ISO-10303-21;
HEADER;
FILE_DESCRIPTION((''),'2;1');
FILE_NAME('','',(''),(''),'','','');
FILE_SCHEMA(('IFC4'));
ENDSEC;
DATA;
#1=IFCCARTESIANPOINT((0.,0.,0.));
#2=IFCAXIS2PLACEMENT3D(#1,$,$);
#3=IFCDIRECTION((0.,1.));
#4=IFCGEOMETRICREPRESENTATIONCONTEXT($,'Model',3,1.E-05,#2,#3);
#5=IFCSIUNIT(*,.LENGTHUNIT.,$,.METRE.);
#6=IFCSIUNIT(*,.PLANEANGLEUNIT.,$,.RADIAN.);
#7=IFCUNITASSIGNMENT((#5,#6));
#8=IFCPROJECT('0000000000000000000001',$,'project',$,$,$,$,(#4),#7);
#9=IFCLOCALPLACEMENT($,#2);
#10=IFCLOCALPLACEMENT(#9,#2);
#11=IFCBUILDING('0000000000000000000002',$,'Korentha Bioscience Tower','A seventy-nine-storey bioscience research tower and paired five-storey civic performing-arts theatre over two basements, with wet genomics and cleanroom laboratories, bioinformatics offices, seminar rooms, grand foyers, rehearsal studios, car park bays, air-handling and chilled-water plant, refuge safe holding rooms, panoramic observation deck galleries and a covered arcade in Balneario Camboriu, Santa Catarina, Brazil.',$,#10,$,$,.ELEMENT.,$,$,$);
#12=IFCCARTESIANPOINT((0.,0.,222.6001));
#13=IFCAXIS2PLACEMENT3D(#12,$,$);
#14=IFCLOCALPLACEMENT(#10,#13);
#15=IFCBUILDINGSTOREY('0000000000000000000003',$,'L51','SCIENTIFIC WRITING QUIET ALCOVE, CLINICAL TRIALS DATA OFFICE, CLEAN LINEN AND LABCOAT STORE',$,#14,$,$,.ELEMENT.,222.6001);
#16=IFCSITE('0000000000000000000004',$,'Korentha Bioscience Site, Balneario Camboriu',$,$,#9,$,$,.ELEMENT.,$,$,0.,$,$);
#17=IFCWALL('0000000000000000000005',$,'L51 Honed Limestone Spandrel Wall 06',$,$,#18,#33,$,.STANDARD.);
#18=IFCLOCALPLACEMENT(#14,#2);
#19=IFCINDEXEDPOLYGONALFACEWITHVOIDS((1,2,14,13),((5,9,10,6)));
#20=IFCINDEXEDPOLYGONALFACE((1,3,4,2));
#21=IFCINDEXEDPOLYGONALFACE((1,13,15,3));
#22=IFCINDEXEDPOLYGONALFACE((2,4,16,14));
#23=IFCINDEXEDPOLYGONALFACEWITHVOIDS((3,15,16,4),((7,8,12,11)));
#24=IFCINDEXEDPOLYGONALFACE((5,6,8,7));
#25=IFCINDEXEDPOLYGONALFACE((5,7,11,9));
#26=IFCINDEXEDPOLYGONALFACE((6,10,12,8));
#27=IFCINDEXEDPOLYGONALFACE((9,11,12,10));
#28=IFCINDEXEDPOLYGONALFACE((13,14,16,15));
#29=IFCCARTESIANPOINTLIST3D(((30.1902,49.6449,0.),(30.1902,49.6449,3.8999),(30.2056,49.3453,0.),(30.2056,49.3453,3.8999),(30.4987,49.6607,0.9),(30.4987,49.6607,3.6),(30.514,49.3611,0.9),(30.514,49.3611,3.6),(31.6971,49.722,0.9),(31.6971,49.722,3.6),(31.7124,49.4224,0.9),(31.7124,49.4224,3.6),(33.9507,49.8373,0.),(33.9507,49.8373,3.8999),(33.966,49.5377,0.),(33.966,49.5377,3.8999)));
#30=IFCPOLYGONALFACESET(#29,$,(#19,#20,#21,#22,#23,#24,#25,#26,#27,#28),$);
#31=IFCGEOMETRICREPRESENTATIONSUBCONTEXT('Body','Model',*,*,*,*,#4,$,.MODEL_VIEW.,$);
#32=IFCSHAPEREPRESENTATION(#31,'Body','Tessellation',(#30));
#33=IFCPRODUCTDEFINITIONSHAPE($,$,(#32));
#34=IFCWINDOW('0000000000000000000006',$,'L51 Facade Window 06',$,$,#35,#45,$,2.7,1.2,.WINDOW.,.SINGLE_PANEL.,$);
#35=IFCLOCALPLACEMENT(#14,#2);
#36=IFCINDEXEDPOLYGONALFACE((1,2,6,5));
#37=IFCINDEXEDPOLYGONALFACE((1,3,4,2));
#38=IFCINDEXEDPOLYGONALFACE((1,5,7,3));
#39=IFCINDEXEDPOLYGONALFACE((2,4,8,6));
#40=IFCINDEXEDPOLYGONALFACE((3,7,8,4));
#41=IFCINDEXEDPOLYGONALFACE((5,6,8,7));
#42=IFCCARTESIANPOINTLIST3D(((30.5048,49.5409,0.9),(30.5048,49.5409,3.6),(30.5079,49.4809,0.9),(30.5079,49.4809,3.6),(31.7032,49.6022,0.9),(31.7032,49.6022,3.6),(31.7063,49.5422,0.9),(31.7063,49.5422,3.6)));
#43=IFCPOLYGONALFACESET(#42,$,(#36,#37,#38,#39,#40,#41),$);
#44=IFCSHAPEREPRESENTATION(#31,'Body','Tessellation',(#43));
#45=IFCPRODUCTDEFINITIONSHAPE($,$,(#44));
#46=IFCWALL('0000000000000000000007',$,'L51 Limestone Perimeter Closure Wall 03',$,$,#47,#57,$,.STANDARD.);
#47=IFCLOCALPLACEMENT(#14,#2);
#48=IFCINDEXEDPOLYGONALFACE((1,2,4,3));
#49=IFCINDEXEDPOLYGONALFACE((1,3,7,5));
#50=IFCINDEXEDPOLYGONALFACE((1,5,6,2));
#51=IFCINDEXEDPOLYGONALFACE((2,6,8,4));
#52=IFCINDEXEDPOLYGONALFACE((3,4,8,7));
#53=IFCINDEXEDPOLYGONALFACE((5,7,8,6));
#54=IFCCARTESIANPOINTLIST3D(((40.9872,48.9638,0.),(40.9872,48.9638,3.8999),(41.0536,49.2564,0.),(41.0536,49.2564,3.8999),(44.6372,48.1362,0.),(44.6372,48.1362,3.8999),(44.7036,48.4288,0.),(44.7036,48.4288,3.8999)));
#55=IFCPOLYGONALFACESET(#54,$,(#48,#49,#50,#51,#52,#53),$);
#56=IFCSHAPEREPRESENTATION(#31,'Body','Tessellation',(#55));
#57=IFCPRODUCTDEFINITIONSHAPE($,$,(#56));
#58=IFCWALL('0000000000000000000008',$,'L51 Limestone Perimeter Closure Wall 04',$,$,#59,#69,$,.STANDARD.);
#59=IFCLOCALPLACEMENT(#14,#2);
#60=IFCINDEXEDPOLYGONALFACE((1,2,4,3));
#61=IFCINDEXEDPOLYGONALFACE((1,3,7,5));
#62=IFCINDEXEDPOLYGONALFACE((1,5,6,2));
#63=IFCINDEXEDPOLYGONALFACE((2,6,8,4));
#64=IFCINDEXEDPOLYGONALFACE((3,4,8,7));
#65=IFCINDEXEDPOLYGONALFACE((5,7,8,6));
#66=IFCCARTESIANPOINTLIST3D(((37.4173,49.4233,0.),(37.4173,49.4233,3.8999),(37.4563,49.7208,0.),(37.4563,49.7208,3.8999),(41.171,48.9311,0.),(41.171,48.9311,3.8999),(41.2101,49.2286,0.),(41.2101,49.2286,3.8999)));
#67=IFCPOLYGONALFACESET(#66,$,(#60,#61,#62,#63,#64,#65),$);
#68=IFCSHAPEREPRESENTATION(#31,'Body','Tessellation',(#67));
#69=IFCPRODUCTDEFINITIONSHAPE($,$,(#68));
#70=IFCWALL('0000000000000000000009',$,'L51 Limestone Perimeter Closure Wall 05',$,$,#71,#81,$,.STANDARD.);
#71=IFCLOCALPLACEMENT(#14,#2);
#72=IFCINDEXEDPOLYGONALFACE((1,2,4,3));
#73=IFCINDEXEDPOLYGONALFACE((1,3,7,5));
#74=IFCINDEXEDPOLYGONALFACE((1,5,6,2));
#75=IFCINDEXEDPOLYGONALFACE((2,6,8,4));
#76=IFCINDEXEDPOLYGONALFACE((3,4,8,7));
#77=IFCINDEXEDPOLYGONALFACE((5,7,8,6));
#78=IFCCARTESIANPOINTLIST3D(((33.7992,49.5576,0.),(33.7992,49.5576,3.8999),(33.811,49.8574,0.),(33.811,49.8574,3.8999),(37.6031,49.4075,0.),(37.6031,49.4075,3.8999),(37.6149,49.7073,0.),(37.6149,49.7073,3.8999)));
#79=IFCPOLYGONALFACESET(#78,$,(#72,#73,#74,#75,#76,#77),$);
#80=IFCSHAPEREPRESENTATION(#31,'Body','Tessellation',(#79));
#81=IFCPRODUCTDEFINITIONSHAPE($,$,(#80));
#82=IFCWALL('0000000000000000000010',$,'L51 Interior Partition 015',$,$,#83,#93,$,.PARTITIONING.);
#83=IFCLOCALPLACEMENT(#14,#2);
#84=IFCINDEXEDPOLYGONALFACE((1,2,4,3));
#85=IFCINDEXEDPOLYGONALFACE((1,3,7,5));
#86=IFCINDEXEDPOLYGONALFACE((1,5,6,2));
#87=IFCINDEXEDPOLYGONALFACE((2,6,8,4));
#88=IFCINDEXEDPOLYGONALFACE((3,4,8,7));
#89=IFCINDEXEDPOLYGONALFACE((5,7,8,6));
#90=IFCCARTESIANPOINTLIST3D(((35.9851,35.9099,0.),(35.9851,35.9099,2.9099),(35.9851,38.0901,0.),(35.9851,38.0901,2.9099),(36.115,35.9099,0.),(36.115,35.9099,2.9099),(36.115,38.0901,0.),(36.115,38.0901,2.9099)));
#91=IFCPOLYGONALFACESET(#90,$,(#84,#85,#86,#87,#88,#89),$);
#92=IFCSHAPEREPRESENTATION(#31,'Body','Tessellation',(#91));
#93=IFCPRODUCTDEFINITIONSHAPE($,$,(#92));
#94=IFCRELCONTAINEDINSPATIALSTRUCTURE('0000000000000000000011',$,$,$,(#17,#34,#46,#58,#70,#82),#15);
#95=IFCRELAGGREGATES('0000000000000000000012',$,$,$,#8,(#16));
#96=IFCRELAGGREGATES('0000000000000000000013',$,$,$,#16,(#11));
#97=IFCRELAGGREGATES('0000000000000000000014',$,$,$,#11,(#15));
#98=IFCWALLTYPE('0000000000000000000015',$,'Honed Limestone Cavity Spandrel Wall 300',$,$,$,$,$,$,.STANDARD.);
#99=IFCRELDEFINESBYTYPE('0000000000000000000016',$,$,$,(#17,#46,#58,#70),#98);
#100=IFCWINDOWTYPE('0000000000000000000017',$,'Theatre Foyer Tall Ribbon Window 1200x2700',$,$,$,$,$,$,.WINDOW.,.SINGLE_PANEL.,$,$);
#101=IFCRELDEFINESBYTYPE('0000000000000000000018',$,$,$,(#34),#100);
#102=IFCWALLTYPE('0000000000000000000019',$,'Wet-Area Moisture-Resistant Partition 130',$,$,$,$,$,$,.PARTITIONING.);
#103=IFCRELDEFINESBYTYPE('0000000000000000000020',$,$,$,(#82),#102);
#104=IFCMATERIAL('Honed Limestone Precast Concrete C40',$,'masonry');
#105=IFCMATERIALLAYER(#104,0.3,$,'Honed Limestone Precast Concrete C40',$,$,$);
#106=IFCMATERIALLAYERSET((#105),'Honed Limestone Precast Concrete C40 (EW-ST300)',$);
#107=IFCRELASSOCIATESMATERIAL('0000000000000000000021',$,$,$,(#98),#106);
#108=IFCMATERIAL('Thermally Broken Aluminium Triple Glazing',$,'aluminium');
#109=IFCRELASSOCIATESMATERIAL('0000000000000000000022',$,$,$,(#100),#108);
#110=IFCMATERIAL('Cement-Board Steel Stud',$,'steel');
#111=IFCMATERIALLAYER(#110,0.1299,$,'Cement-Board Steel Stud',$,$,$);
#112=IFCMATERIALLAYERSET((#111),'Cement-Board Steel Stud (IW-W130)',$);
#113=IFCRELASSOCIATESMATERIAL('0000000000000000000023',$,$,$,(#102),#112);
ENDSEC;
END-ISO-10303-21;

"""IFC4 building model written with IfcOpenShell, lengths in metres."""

from ifc_helpers import new_model, si_unit, direction, frame, frame_2d, origin, place, context, subcontext, project, spatial, rectangle, extrude, material, layer, layer_set, type_object, element, fill, save


model = new_model("IFC4")

# Units and contexts
model_context = context("Model", 3, precision=1e-05, world=origin(), true_north=direction((0.0, 1.0)))
body_context = subcontext(model_context, "Body", "Model", "MODEL_VIEW")
ifc_project = project(units=[si_unit("LENGTHUNIT", "METRE"), si_unit("PLANEANGLEUNIT", "RADIAN")], contexts=[model_context])

# Site, building, storey
site_placement = place(None, origin())
site = spatial("IfcSite", under=ifc_project, at=site_placement, Name="Korentha Bioscience Site, Balneario Camboriu", CompositionType="ELEMENT", RefElevation=0.0)
building_placement = place(site_placement, origin())
building = spatial("IfcBuilding", under=site, at=building_placement, Name="Korentha Bioscience Tower", Description="A seventy-nine-storey bioscience research tower and paired five-storey civic performing-arts theatre over two basements, with wet genomics and cleanroom laboratories, bioinformatics offices, seminar rooms, grand foyers, rehearsal studios, car park bays, air-handling and chilled-water plant, refuge safe holding rooms, panoramic observation deck galleries and a covered arcade in Balneario Camboriu, Santa Catarina, Brazil.", CompositionType="ELEMENT")
storey_placement = place(building_placement, frame((0.0, 0.0, 222.6001)))
storey = spatial("IfcBuildingStorey", under=building, at=storey_placement, Name="L51", Description="SCIENTIFIC WRITING QUIET ALCOVE, CLINICAL TRIALS DATA OFFICE, CLEAN LINEN AND LABCOAT STORE", CompositionType="ELEMENT", Elevation=222.6001)

# Wall, opening, window
ifc_material_1 = material(Name="Honed Limestone Precast Concrete C40", Category="masonry")
ifc_layer_1 = layer(ifc_material_1, 0.3, Name="Honed Limestone Precast Concrete C40")
ifc_layer_set_1 = layer_set([ifc_layer_1], Name="Honed Limestone Precast Concrete C40 (EW-ST300)")
wall_type_1 = type_object("IfcWallType", Name="Honed Limestone Cavity Spandrel Wall 300", PredefinedType="STANDARD", material=ifc_layer_set_1)
wall_1_placement = place(storey_placement, frame((33.9585, 49.6875, 0.0), z_axis=(0.0, 0.0, 1.0), x_axis=(-0.998694, -0.051092, 0.0)))
wall_1 = element("IfcWall", 1, at=wall_1_placement, inside=storey, type_object=wall_type_1, Name="L51 Honed Limestone Spandrel Wall 06", PredefinedType="STANDARD", context=body_context, shape_type="SweptSolid", body=[
    extrude(rectangle(XDim=3.7654, YDim=0.3, at=frame_2d((1.8828, 0.0))), origin(), (0.0, 0.0, 1.0), 3.8999),
])
opening_1_placement = place(wall_1_placement, frame((2.2566, 0.0, 0.8999)))
opening_1 = element("IfcOpeningElement", 2, at=opening_1_placement, cuts=wall_1, PredefinedType="OPENING", context=body_context, shape_type="SweptSolid", body=[
    extrude(rectangle(XDim=1.2, YDim=2.7, at=frame_2d((0.6001, 1.3501))), frame((0.0, 0.165, 0.0), z_axis=(0.0, -1.0, 0.0), x_axis=(1.0, 0.0, 0.0)), (0.0, 0.0, 1.0), 0.3298),
])
ifc_material_2 = material(Name="Thermally Broken Aluminium Triple Glazing", Category="aluminium")
window_type = type_object("IfcWindowType", Name="Theatre Foyer Tall Ribbon Window 1200x2700", PartitioningType="SINGLE_PANEL", PredefinedType="WINDOW", material=ifc_material_2)
window_placement = place(opening_1_placement, origin())
window = element("IfcWindow", 3, at=window_placement, inside=storey, type_object=window_type, Name="L51 Facade Window 06", OverallHeight=2.7, OverallWidth=1.2, PartitioningType="SINGLE_PANEL", PredefinedType="WINDOW", context=body_context, shape_type="SweptSolid", body=[
    extrude(rectangle(XDim=1.2, YDim=2.7, at=frame_2d((0.6001, 1.3501))), frame((0.0, 0.03, 0.0), z_axis=(0.0, -1.0, 0.0), x_axis=(1.0, 0.0, 0.0)), (0.0, 0.0, 1.0), 0.0601),
])
fill(opening_1, window)

# Walls
wall_2_placement = place(storey_placement, frame((44.6704, 48.2825, 0.0), z_axis=(0.0, 0.0, 1.0), x_axis=(-0.975242, 0.221142, 0.0)))
element("IfcWall", 4, at=wall_2_placement, inside=storey, type_object=wall_type_1, Name="L51 Limestone Perimeter Closure Wall 03", PredefinedType="STANDARD", context=body_context, shape_type="SweptSolid", body=[
    extrude(rectangle(XDim=3.7427, YDim=0.3, at=frame_2d((1.8713, 0.0))), origin(), (0.0, 0.0, 1.0), 3.8999),
])
wall_3_placement = place(storey_placement, frame((41.1907, 49.0798, 0.0), z_axis=(0.0, 0.0, 1.0), x_axis=(-0.991513, 0.130009, 0.0)))
element("IfcWall", 5, at=wall_3_placement, inside=storey, type_object=wall_type_1, Name="L51 Limestone Perimeter Closure Wall 04", PredefinedType="STANDARD", context=body_context, shape_type="SweptSolid", body=[
    extrude(rectangle(XDim=3.7859, YDim=0.3, at=frame_2d((1.8931, 0.0))), origin(), (0.0, 0.0, 1.0), 3.8999),
])
wall_4_placement = place(storey_placement, frame((37.6089, 49.5574, 0.0), z_axis=(0.0, 0.0, 1.0), x_axis=(-0.999222, 0.03944, 0.0)))
element("IfcWall", 6, at=wall_4_placement, inside=storey, type_object=wall_type_1, Name="L51 Limestone Perimeter Closure Wall 05", PredefinedType="STANDARD", context=body_context, shape_type="SweptSolid", body=[
    extrude(rectangle(XDim=3.8069, YDim=0.3, at=frame_2d((1.9033, 0.0))), origin(), (0.0, 0.0, 1.0), 3.8999),
])

# Shared definitions
ifc_material_3 = material(Name="Cement-Board Steel Stud", Category="steel")
ifc_layer_2 = layer(ifc_material_3, 0.1299, Name="Cement-Board Steel Stud")
ifc_layer_set_2 = layer_set([ifc_layer_2], Name="Cement-Board Steel Stud (IW-W130)")
wall_type_2 = type_object("IfcWallType", Name="Wet-Area Moisture-Resistant Partition 130", PredefinedType="PARTITIONING", material=ifc_layer_set_2)

# Wall
wall_5_placement = place(storey_placement, frame((36.05, 38.0901, 0.0), z_axis=(0.0, 0.0, 1.0), x_axis=(0.0, -1.0, 0.0)))
element("IfcWall", 7, at=wall_5_placement, inside=storey, type_object=wall_type_2, Name="L51 Interior Partition 015", PredefinedType="PARTITIONING", context=body_context, shape_type="SweptSolid", body=[
    extrude(rectangle(XDim=2.1802, YDim=0.1299, at=frame_2d((1.0901, 0.0))), origin(), (0.0, 0.0, 1.0), 2.9099),
])

save(model, "model.ifc")
